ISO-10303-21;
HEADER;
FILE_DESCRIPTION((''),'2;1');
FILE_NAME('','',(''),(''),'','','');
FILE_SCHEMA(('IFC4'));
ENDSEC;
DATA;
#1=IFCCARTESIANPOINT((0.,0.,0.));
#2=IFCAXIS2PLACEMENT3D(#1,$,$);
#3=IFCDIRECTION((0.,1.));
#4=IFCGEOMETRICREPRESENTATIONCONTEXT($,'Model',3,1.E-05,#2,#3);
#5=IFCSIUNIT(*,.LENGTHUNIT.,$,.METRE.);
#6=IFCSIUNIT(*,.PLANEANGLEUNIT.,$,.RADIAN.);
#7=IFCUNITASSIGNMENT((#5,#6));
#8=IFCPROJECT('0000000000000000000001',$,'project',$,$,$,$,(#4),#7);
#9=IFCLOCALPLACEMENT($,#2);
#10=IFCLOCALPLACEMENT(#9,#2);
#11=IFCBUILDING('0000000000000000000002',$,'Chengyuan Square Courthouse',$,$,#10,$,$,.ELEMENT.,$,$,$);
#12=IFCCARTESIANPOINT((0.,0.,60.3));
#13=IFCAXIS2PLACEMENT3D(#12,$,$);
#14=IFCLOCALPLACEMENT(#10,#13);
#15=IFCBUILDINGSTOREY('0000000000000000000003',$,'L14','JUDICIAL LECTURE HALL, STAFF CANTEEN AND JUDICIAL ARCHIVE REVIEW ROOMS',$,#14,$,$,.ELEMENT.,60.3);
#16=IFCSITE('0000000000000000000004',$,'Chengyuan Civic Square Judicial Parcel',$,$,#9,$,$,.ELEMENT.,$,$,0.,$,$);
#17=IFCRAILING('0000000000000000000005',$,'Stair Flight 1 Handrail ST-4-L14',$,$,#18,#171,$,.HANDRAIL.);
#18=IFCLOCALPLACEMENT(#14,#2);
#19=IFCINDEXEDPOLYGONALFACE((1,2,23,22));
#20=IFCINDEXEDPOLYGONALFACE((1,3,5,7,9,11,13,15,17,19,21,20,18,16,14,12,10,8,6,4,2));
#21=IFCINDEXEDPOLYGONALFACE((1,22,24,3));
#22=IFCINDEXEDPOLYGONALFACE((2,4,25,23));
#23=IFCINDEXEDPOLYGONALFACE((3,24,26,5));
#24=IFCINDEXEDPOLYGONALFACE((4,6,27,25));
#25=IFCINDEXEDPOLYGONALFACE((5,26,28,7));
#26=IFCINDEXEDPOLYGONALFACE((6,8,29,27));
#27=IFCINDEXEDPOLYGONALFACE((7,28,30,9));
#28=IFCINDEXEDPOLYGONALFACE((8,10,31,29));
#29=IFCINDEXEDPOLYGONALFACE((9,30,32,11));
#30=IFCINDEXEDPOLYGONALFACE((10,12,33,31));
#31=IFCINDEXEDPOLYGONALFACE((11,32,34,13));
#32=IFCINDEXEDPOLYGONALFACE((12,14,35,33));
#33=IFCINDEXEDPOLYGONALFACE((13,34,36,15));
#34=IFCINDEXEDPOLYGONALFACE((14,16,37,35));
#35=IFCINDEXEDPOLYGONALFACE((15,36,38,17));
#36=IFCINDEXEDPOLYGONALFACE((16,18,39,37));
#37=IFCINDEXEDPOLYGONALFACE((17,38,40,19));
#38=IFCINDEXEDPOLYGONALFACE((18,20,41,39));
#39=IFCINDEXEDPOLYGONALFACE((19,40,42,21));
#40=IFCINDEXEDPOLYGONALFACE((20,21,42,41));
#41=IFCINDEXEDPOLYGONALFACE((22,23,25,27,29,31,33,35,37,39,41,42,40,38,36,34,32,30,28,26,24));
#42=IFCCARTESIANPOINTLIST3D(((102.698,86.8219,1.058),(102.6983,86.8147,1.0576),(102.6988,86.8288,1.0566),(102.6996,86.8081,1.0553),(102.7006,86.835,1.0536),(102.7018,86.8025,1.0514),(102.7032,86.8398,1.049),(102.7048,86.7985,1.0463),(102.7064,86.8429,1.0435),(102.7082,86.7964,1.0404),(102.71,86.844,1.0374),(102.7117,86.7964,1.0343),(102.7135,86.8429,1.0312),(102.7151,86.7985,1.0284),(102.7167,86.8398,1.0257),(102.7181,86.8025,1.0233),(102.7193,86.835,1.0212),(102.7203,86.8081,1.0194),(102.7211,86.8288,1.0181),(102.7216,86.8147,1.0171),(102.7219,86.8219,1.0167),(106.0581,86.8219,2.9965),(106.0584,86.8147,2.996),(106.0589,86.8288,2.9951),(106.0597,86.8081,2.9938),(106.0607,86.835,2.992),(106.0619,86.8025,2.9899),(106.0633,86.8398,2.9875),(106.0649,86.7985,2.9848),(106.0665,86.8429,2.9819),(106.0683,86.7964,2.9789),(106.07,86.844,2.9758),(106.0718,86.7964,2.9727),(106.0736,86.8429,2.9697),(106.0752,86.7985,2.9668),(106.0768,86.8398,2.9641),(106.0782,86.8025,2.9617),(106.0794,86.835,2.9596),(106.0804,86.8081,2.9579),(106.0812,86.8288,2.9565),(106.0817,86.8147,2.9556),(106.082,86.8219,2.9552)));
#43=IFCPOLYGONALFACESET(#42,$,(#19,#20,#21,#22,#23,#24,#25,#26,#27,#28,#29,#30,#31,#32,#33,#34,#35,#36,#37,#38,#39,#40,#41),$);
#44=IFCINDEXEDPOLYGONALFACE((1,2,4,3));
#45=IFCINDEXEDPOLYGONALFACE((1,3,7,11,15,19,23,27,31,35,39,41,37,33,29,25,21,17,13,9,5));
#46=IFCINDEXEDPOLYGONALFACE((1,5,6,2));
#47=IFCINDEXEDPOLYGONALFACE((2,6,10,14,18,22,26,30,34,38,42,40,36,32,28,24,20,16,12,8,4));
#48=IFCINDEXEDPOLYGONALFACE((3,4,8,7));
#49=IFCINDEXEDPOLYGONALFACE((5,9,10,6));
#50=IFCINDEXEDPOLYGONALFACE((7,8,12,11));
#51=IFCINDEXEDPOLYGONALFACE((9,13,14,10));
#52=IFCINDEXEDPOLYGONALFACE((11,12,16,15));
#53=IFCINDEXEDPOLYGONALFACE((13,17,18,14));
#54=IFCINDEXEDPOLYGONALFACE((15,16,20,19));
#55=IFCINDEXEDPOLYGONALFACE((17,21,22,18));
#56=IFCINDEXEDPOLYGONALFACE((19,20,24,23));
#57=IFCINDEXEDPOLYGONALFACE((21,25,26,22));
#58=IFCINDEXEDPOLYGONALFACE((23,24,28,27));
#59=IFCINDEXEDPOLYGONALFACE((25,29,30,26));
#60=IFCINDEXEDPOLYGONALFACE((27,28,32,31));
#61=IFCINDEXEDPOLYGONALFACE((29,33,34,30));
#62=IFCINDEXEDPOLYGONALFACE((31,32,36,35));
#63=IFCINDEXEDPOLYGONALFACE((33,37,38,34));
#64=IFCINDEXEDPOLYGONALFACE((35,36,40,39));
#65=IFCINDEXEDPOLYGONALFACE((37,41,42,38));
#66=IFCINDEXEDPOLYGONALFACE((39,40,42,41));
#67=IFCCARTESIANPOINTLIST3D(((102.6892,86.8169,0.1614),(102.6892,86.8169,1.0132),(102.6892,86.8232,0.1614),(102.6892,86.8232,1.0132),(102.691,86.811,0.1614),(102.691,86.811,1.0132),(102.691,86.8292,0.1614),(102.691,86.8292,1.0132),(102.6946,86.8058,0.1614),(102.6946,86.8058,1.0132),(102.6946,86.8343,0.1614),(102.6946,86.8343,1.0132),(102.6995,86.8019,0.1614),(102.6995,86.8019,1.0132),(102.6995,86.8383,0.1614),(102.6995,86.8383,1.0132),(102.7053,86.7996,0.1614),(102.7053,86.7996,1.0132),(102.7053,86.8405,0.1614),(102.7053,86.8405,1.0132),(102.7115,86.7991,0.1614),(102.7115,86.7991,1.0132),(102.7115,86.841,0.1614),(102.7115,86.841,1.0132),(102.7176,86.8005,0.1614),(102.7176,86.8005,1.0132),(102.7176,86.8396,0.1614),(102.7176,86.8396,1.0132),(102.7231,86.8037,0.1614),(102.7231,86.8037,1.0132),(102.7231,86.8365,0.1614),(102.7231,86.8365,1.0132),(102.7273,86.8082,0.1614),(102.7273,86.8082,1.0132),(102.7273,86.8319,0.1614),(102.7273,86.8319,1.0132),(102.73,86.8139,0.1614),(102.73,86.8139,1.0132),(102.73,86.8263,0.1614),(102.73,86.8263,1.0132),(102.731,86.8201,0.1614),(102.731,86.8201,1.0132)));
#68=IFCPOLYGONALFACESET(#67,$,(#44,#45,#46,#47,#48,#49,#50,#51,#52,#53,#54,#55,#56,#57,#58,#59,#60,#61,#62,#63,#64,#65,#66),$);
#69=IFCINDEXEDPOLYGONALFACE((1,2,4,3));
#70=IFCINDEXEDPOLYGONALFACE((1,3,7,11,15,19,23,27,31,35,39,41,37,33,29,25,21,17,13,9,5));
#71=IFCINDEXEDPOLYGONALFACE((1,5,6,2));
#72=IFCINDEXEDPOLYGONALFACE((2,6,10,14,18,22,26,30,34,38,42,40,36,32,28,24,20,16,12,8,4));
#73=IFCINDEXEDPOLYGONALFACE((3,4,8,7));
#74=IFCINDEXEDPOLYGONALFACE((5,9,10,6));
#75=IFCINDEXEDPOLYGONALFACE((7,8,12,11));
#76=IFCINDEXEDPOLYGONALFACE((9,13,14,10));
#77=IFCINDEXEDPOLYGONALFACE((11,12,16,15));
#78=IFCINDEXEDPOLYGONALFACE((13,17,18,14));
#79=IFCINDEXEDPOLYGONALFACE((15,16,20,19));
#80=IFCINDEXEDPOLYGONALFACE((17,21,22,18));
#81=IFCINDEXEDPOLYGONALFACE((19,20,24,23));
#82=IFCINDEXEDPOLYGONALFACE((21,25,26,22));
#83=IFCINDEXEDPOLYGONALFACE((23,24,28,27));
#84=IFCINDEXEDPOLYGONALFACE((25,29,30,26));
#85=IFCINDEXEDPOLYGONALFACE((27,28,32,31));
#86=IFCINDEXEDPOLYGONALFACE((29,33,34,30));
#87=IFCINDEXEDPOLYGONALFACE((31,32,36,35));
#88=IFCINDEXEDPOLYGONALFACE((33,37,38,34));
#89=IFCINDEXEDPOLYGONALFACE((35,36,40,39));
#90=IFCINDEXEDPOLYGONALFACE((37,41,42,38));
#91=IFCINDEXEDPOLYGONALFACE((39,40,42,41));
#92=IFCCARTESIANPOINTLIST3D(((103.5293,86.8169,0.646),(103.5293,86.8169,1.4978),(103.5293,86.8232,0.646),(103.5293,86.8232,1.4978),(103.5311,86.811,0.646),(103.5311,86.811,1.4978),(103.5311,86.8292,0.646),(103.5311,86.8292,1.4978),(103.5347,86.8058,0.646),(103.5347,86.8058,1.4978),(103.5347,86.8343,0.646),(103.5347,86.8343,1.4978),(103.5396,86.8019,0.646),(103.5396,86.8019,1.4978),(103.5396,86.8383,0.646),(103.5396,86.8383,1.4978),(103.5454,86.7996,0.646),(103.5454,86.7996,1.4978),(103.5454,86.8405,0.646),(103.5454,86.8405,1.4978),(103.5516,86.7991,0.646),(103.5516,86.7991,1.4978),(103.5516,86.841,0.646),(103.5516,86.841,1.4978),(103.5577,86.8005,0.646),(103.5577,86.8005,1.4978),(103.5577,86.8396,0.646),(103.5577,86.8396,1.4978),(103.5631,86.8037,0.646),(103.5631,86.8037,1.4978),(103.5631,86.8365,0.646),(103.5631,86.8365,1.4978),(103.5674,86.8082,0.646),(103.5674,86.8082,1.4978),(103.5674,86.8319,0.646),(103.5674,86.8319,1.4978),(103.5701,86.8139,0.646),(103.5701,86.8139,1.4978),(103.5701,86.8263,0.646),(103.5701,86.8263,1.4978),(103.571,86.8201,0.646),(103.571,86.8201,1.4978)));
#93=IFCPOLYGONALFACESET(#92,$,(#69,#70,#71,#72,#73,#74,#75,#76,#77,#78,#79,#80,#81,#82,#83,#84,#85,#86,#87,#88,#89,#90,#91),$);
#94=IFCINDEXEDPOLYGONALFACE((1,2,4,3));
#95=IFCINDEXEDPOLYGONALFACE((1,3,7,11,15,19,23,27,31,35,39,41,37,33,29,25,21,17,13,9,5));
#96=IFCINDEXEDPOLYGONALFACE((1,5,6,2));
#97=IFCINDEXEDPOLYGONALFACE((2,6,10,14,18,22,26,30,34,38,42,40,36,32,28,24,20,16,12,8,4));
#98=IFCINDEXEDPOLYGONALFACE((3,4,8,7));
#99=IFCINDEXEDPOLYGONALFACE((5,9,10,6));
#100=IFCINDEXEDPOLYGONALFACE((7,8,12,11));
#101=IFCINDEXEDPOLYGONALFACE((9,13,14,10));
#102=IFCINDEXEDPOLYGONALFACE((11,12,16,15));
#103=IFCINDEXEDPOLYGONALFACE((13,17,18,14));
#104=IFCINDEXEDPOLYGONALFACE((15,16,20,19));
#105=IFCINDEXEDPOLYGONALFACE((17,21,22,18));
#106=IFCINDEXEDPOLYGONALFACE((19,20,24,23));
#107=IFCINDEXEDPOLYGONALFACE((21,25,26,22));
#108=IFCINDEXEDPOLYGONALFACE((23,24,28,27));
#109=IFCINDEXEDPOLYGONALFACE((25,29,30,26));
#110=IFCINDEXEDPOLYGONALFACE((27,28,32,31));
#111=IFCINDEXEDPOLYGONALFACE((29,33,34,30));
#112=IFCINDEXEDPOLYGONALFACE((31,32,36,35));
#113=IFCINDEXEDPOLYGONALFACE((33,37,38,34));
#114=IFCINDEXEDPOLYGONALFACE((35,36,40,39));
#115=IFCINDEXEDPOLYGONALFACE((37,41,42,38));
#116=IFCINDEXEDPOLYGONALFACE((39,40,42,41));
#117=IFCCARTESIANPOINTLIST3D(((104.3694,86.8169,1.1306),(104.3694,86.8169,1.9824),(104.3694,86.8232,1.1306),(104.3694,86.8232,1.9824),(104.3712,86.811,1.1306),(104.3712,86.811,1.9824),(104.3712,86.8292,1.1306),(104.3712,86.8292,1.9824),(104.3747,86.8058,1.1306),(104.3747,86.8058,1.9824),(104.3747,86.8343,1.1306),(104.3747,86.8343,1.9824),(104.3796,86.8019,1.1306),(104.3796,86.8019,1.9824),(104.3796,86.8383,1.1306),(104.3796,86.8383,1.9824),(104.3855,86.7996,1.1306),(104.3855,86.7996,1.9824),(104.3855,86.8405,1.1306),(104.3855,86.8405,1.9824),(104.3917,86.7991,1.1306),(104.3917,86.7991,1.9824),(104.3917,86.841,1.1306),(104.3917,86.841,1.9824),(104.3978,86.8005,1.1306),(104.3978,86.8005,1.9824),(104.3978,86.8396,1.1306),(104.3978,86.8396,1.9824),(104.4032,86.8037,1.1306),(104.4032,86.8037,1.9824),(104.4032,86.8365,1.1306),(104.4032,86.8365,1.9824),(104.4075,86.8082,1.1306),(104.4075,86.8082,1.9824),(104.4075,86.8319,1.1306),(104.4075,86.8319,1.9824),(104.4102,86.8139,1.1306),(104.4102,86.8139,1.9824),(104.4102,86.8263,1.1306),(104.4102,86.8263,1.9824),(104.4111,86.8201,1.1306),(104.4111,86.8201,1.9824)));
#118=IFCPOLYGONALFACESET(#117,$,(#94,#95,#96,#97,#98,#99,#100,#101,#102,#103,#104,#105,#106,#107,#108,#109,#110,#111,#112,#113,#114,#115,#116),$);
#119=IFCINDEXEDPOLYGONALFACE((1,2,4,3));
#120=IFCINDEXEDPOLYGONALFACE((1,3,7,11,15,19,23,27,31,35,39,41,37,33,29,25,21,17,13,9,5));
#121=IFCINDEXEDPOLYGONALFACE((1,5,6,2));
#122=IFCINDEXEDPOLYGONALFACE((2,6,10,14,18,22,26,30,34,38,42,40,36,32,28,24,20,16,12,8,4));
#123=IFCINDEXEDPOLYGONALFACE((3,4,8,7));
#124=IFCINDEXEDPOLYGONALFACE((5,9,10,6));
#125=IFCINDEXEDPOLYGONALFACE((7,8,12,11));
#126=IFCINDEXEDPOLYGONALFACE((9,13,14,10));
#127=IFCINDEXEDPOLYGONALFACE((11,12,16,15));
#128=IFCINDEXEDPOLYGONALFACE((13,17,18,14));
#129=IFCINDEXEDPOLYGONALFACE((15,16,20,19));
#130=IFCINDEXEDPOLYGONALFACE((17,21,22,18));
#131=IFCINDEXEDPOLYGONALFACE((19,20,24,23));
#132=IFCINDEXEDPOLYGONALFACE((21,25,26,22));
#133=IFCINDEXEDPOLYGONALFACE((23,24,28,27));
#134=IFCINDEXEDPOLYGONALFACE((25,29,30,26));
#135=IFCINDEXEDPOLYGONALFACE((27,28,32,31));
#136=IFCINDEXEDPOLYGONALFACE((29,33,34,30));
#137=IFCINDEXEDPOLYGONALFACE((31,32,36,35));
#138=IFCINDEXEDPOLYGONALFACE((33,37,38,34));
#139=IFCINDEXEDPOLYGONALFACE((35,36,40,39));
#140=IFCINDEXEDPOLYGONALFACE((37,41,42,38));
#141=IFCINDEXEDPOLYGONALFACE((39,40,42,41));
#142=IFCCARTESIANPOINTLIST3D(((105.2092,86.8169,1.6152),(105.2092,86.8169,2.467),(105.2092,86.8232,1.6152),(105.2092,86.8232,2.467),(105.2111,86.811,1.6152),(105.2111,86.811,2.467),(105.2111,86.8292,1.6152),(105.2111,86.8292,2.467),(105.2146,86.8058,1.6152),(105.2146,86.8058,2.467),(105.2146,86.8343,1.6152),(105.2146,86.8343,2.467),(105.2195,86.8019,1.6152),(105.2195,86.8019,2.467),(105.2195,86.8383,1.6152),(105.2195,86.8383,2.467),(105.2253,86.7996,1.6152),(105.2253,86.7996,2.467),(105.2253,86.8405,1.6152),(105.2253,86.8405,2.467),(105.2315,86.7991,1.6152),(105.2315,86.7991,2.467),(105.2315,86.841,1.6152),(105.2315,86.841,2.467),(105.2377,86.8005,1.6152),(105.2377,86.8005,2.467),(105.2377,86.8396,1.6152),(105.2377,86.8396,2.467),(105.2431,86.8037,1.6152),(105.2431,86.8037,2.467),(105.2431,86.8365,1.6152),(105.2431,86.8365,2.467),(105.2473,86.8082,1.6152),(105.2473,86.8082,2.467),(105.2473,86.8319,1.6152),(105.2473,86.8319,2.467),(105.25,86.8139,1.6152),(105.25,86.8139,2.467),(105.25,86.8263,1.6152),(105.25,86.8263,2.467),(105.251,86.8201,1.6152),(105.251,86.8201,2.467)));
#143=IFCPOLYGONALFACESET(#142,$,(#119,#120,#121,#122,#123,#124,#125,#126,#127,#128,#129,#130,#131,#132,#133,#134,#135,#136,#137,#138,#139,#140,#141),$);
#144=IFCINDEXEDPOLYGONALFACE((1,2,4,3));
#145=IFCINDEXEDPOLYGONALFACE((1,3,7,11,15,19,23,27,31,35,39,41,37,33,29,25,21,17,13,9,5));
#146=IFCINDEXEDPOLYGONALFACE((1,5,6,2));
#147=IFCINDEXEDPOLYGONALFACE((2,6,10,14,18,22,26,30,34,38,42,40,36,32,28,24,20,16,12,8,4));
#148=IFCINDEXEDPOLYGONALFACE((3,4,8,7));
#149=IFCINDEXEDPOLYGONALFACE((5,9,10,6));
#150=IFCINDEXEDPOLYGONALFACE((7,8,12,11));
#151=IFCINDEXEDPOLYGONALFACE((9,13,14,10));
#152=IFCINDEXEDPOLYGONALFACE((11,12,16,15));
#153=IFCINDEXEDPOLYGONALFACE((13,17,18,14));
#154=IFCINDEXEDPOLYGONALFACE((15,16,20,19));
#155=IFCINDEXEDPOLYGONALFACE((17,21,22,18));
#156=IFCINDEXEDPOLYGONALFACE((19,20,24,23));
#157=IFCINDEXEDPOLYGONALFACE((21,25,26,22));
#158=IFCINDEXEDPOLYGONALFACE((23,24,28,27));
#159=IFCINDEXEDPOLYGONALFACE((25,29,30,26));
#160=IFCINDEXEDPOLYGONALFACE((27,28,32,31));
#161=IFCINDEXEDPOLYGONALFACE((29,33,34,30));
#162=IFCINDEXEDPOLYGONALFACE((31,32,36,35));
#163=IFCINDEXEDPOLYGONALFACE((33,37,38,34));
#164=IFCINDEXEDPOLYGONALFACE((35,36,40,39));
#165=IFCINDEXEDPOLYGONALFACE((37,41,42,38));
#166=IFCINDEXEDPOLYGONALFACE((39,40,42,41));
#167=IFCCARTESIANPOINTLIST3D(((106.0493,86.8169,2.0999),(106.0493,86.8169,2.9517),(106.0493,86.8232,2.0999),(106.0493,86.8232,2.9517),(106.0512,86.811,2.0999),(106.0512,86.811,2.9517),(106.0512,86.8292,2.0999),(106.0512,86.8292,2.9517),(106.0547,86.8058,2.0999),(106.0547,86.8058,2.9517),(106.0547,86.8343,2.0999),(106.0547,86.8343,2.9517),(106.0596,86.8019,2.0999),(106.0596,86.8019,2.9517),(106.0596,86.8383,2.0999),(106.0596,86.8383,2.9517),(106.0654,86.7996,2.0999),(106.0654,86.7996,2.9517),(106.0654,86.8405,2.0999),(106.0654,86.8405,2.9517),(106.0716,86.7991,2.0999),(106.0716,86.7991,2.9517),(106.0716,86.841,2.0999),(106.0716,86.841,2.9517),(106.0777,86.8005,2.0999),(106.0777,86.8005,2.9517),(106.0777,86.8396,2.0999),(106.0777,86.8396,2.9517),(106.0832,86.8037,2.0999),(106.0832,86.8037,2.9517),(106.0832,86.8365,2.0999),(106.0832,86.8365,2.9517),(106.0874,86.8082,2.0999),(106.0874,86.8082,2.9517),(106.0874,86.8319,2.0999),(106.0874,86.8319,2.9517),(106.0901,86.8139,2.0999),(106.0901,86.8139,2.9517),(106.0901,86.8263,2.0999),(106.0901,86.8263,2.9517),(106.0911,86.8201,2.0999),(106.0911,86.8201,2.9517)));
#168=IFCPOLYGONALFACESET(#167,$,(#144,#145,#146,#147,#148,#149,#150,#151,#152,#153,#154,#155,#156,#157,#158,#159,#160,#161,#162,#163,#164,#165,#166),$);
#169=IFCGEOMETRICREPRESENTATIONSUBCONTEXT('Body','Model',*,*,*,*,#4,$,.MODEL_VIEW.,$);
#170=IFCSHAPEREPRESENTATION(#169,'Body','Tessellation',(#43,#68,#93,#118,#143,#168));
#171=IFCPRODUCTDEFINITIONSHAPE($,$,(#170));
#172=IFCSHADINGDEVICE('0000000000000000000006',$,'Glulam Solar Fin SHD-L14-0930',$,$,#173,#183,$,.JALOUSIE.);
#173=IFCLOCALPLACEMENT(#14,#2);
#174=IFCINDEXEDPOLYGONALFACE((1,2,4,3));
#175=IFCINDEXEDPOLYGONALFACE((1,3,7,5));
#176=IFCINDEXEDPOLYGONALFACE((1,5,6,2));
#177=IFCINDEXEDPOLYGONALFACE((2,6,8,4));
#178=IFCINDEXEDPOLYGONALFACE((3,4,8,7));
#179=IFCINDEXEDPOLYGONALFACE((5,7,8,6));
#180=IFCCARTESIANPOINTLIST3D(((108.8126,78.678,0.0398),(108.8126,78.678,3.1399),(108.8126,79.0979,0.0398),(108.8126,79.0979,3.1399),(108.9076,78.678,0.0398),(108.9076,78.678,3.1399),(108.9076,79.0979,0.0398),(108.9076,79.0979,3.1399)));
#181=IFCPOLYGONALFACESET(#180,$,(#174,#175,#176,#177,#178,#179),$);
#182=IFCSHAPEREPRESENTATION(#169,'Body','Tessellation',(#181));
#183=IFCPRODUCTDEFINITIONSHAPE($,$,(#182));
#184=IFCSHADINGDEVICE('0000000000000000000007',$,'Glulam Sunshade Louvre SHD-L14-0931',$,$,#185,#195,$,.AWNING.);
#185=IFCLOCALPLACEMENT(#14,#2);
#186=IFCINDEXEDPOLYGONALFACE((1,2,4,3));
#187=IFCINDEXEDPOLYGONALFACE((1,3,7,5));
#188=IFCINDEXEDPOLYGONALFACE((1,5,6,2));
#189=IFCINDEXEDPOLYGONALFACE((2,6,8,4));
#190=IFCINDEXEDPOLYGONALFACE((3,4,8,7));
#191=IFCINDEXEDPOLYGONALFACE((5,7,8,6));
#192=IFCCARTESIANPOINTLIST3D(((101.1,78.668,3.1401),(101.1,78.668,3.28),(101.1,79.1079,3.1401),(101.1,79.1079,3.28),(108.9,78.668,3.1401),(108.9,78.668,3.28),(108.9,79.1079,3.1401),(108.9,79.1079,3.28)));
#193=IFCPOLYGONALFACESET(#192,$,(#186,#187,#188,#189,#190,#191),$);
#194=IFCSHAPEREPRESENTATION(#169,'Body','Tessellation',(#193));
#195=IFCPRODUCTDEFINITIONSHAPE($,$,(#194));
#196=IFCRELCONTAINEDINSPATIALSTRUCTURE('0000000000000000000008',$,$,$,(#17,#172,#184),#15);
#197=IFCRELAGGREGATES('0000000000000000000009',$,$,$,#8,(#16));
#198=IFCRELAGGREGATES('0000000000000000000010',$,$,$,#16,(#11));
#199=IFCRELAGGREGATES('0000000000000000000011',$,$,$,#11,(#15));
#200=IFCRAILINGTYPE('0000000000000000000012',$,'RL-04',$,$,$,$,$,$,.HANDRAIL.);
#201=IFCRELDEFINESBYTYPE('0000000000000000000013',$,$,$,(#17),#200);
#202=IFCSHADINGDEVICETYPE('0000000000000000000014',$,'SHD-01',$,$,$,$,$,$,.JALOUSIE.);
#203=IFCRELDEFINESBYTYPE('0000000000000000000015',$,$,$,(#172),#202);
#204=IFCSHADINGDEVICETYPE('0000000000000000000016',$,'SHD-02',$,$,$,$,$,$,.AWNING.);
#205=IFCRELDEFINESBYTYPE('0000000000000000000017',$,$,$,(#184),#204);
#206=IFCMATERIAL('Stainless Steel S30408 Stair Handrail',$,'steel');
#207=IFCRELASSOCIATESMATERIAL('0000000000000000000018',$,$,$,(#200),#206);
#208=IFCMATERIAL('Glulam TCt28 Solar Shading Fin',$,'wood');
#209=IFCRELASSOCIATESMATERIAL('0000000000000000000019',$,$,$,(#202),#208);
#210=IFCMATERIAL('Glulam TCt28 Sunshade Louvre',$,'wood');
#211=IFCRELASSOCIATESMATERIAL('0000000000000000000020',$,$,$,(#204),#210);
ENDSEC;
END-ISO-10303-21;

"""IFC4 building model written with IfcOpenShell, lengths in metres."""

from ifc_helpers import new_model, si_unit, direction, frame, origin, origin_2d, place, context, subcontext, project, spatial, rectangle, circle, extrude, material, type_object, element, save


model = new_model("IFC4")

# Units and contexts
model_context = context("Model", 3, precision=1e-05, world=origin(), true_north=direction((0.0, 1.0)))
body_context = subcontext(model_context, "Body", "Model", "MODEL_VIEW")
ifc_project = project(units=[si_unit("LENGTHUNIT", "METRE"), si_unit("PLANEANGLEUNIT", "RADIAN")], contexts=[model_context])

# Site, building, storey
site_placement = place(None, origin())
site = spatial("IfcSite", under=ifc_project, at=site_placement, Name="Chengyuan Civic Square Judicial Parcel", CompositionType="ELEMENT", RefElevation=0.0)
building_placement = place(site_placement, origin())
building = spatial("IfcBuilding", under=site, at=building_placement, Name="Chengyuan Square Courthouse", CompositionType="ELEMENT")
storey_placement = place(building_placement, frame((0.0, 0.0, 60.3)))
storey = spatial("IfcBuildingStorey", under=building, at=storey_placement, Name="L14", Description="JUDICIAL LECTURE HALL, STAFF CANTEEN AND JUDICIAL ARCHIVE REVIEW ROOMS", CompositionType="ELEMENT", Elevation=60.3)

# Railing
ifc_material_1 = material(Name="Stainless Steel S30408 Stair Handrail", Category="steel")
railing_type_1 = type_object("IfcRailingType", Name="RL-04", PredefinedType="HANDRAIL", material=ifc_material_1)
railing_1_placement = place(storey_placement, frame((102.71, 86.8201, 0.1614)))
element("IfcRailing", 1, at=railing_1_placement, inside=storey, type_object=railing_type_1, Name="Stair Flight 1 Handrail ST-4-L14", PredefinedType="HANDRAIL", context=body_context, shape_type="SweptSolid", body=[
    extrude(circle(Radius=0.0239, at=origin_2d()), frame((0.0, 0.0, 0.876), z_axis=(0.866191, 0.0, 0.499713), x_axis=(0.0, 1.0, 0.0)), (0.0, 0.0, 1.0), 3.8792),
    extrude(circle(Radius=0.021, at=origin_2d()), origin(), (0.0, 0.0, 1.0), 0.8518),
    extrude(circle(Radius=0.021, at=origin_2d()), frame((0.8401, 0.0, 0.4846)), (0.0, 0.0, 1.0), 0.8518),
    extrude(circle(Radius=0.021, at=origin_2d()), frame((1.6802, 0.0, 0.9692)), (0.0, 0.0, 1.0), 0.8518),
    extrude(circle(Radius=0.021, at=origin_2d()), frame((2.52, 0.0, 1.4539)), (0.0, 0.0, 1.0), 0.8518),
    extrude(circle(Radius=0.021, at=origin_2d()), frame((3.3601, 0.0, 1.9385)), (0.0, 0.0, 1.0), 0.8518),
])

# Shading devices
ifc_material_2 = material(Name="Glulam TCt28 Solar Shading Fin", Category="wood")
shading_device_type_1 = type_object("IfcShadingDeviceType", Name="SHD-01", PredefinedType="JALOUSIE", material=ifc_material_2)
shading_device_1_placement = place(storey_placement, frame((108.8601, 78.8879, 0.0398), z_axis=(0.0, 0.0, 1.0), x_axis=(0.0, 1.0, 0.0)))
element("IfcShadingDevice", 2, at=shading_device_1_placement, inside=storey, type_object=shading_device_type_1, Name="Glulam Solar Fin SHD-L14-0930", PredefinedType="JALOUSIE", context=body_context, shape_type="SweptSolid", body=[
    extrude(rectangle(XDim=0.4199, YDim=0.095, at=origin_2d()), origin(), (0.0, 0.0, 1.0), 3.1001),
])
ifc_material_3 = material(Name="Glulam TCt28 Sunshade Louvre", Category="wood")
shading_device_type_2 = type_object("IfcShadingDeviceType", Name="SHD-02", PredefinedType="AWNING", material=ifc_material_3)
shading_device_2_placement = place(storey_placement, frame((105.0, 78.8879, 3.1401), z_axis=(0.0, 0.0, 1.0), x_axis=(1.0, 0.0, 0.0)))
element("IfcShadingDevice", 3, at=shading_device_2_placement, inside=storey, type_object=shading_device_type_2, Name="Glulam Sunshade Louvre SHD-L14-0931", PredefinedType="AWNING", context=body_context, shape_type="SweptSolid", body=[
    extrude(rectangle(XDim=7.8, YDim=0.4399, at=origin_2d()), origin(), (0.0, 0.0, 1.0), 0.1399),
])

save(model, "model.ifc")
